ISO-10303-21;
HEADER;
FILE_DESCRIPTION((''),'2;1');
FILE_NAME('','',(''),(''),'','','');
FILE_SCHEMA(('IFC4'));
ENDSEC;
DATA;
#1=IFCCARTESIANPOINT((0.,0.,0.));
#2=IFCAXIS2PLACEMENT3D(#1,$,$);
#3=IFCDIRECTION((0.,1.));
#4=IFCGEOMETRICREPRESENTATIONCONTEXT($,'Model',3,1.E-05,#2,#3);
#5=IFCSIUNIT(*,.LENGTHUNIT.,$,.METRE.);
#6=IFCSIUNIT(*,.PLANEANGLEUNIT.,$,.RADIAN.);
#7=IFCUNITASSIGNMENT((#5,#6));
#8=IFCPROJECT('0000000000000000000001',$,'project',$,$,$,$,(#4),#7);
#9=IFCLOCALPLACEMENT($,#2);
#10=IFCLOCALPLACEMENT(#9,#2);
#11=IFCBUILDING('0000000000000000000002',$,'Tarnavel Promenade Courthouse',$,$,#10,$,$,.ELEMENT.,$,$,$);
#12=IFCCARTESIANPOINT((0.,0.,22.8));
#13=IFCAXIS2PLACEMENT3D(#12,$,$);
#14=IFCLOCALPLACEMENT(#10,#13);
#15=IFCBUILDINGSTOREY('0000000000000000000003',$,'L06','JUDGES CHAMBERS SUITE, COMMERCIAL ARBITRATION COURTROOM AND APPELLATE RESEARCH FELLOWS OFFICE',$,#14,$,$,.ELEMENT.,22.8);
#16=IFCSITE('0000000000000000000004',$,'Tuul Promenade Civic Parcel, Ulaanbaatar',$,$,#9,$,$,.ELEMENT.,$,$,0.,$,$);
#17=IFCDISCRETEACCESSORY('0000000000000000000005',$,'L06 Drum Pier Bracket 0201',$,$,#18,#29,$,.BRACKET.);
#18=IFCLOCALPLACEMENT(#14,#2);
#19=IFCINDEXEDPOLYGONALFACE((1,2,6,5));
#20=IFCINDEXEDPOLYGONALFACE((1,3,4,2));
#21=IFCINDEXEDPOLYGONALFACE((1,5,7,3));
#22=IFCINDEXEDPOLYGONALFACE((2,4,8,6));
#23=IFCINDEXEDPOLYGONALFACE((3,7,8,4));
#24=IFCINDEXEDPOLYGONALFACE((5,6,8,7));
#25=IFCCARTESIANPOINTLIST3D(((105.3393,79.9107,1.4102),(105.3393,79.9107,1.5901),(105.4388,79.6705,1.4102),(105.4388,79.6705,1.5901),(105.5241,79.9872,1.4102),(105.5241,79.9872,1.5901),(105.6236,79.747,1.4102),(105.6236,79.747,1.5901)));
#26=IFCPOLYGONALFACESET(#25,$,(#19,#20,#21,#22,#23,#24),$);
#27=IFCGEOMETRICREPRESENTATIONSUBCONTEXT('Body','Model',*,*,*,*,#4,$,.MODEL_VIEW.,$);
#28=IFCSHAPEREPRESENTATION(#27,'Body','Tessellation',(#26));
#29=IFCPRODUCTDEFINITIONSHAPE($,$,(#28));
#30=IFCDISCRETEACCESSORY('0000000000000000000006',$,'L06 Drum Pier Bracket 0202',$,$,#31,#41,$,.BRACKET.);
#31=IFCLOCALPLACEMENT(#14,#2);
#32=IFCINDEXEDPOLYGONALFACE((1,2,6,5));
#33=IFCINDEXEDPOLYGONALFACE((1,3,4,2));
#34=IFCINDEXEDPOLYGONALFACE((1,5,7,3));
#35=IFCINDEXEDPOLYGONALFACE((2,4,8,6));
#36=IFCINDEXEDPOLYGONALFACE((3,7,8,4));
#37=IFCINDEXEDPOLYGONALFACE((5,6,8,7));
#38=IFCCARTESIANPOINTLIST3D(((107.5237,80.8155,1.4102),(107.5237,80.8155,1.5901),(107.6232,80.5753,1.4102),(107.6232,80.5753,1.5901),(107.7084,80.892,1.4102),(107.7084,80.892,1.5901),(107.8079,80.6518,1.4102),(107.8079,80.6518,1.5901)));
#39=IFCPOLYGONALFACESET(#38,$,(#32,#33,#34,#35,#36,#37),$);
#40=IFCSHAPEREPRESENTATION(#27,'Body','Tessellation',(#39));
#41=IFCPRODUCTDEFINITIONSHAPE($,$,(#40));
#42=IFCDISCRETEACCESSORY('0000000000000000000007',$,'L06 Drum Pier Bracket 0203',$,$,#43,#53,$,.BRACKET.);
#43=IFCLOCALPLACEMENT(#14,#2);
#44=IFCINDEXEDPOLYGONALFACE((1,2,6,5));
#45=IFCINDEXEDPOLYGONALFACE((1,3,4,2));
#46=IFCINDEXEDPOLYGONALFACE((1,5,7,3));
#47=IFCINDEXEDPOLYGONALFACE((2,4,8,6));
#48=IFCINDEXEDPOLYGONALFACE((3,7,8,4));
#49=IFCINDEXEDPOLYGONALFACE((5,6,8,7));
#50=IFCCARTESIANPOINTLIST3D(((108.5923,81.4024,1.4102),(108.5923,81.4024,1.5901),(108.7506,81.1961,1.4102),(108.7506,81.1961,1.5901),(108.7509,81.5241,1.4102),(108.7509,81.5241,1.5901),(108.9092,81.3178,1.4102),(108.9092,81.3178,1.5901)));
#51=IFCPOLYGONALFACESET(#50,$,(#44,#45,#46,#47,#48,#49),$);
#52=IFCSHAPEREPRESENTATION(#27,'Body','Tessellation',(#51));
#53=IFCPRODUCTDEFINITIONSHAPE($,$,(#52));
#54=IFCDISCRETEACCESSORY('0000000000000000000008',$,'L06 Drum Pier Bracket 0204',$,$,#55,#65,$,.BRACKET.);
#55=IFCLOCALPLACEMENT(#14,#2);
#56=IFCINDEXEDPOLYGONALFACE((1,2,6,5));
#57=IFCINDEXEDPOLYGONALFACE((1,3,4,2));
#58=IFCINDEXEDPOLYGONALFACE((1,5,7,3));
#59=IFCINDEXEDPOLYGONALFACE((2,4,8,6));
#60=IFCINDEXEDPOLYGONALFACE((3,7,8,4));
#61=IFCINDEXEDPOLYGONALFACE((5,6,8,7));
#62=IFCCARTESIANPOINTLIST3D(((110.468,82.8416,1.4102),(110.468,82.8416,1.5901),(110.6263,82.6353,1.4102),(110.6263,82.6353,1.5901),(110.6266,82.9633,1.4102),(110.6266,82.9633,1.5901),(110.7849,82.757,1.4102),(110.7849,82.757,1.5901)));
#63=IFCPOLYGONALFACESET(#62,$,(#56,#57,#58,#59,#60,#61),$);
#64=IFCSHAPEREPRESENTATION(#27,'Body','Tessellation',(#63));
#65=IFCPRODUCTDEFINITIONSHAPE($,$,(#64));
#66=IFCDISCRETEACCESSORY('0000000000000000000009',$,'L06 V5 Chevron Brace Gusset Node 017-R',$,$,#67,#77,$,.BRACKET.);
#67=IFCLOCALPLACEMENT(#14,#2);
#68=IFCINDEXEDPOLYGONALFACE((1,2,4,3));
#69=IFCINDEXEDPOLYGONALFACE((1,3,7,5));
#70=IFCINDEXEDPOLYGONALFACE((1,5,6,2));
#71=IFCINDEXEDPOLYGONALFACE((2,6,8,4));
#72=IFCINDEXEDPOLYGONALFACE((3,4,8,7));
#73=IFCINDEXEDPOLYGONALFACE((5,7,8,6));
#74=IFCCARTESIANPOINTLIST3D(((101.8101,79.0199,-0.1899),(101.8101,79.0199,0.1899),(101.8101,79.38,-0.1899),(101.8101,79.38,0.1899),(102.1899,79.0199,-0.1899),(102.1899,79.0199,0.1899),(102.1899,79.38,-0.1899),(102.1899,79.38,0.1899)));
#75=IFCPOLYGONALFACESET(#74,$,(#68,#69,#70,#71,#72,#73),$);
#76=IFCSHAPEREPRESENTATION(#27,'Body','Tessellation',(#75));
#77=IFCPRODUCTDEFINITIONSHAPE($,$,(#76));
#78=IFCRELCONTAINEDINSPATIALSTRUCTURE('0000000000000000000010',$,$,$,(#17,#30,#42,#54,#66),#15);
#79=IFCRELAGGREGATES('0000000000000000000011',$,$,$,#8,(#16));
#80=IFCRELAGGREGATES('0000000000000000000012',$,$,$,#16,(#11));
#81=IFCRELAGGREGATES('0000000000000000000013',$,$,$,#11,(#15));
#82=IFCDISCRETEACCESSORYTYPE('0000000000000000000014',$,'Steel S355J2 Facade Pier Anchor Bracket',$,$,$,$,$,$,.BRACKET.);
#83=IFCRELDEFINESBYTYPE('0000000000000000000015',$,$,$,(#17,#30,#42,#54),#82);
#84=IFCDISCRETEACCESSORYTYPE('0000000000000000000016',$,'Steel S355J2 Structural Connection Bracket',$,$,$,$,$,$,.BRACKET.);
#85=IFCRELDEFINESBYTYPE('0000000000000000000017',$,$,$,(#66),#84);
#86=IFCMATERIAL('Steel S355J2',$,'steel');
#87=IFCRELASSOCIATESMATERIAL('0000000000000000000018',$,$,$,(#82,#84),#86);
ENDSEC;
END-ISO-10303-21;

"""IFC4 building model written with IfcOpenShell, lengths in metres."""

from ifc_helpers import new_model, si_unit, direction, frame, origin, origin_2d, place, context, subcontext, project, spatial, rectangle, extrude, material, type_object, element, save


model = new_model("IFC4")

# Units and contexts
model_context = context("Model", 3, precision=1e-05, world=origin(), true_north=direction((0.0, 1.0)))
body_context = subcontext(model_context, "Body", "Model", "MODEL_VIEW")
ifc_project = project(units=[si_unit("LENGTHUNIT", "METRE"), si_unit("PLANEANGLEUNIT", "RADIAN")], contexts=[model_context])

# Site, building, storey
site_placement = place(None, origin())
site = spatial("IfcSite", under=ifc_project, at=site_placement, Name="Tuul Promenade Civic Parcel, Ulaanbaatar", CompositionType="ELEMENT", RefElevation=0.0)
building_placement = place(site_placement, origin())
building = spatial("IfcBuilding", under=site, at=building_placement, Name="Tarnavel Promenade Courthouse", CompositionType="ELEMENT")
storey_placement = place(building_placement, frame((0.0, 0.0, 22.8)))
storey = spatial("IfcBuildingStorey", under=building, at=storey_placement, Name="L06", Description="JUDGES CHAMBERS SUITE, COMMERCIAL ARBITRATION COURTROOM AND APPELLATE RESEARCH FELLOWS OFFICE", CompositionType="ELEMENT", Elevation=22.8)

# Shared definitions
ifc_material_1 = material(Name="Steel S355J2", Category="steel")

# Discrete accessories
discrete_accessory_type_1 = type_object("IfcDiscreteAccessoryType", Name="Steel S355J2 Facade Pier Anchor Bracket", PredefinedType="BRACKET", material=ifc_material_1)
for number, where, z_axis, x_axis, name in (
    (1, (105.4814, 79.8289, 1.4102), (0.0, 0.0, 1.0), (0.92388, 0.382683, 0.0), "L06 Drum Pier Bracket 0201"),
    (2, (107.6658, 80.7336, 1.4102), (0.0, 0.0, 1.0), (0.92388, 0.382683, 0.0), "L06 Drum Pier Bracket 0202"),
    (3, (108.7507, 81.3601, 1.4102), (0.0, 0.0, 1.0), (0.793353, 0.608761, 0.0), "L06 Drum Pier Bracket 0203"),
    (4, (110.6265, 82.7993, 1.4102), (0.0, 0.0, 1.0), (0.793353, 0.608761, 0.0), "L06 Drum Pier Bracket 0204"),
):
    element("IfcDiscreteAccessory", number, at=place(storey_placement, frame(where, z_axis=z_axis, x_axis=x_axis)), inside=storey, type_object=discrete_accessory_type_1, Name=name, PredefinedType="BRACKET", context=body_context, shape_type="SweptSolid", body=[
        extrude(rectangle(XDim=0.2, YDim=0.26, at=origin_2d()), origin(), (0.0, 0.0, 1.0), 0.1799),
    ])
discrete_accessory_type_2 = type_object("IfcDiscreteAccessoryType", Name="Steel S355J2 Structural Connection Bracket", PredefinedType="BRACKET", material=ifc_material_1)
discrete_accessory_placement = place(storey_placement, frame((102.0, 79.2, -0.1899), z_axis=(0.0, 0.0, 1.0), x_axis=(1.0, 0.0, 0.0)))
element("IfcDiscreteAccessory", 5, at=discrete_accessory_placement, inside=storey, type_object=discrete_accessory_type_2, Name="L06 V5 Chevron Brace Gusset Node 017-R", PredefinedType="BRACKET", context=body_context, shape_type="SweptSolid", body=[
    extrude(rectangle(XDim=0.3799, YDim=0.3601, at=origin_2d()), origin(), (0.0, 0.0, 1.0), 0.3799),
])

save(model, "model.ifc")
